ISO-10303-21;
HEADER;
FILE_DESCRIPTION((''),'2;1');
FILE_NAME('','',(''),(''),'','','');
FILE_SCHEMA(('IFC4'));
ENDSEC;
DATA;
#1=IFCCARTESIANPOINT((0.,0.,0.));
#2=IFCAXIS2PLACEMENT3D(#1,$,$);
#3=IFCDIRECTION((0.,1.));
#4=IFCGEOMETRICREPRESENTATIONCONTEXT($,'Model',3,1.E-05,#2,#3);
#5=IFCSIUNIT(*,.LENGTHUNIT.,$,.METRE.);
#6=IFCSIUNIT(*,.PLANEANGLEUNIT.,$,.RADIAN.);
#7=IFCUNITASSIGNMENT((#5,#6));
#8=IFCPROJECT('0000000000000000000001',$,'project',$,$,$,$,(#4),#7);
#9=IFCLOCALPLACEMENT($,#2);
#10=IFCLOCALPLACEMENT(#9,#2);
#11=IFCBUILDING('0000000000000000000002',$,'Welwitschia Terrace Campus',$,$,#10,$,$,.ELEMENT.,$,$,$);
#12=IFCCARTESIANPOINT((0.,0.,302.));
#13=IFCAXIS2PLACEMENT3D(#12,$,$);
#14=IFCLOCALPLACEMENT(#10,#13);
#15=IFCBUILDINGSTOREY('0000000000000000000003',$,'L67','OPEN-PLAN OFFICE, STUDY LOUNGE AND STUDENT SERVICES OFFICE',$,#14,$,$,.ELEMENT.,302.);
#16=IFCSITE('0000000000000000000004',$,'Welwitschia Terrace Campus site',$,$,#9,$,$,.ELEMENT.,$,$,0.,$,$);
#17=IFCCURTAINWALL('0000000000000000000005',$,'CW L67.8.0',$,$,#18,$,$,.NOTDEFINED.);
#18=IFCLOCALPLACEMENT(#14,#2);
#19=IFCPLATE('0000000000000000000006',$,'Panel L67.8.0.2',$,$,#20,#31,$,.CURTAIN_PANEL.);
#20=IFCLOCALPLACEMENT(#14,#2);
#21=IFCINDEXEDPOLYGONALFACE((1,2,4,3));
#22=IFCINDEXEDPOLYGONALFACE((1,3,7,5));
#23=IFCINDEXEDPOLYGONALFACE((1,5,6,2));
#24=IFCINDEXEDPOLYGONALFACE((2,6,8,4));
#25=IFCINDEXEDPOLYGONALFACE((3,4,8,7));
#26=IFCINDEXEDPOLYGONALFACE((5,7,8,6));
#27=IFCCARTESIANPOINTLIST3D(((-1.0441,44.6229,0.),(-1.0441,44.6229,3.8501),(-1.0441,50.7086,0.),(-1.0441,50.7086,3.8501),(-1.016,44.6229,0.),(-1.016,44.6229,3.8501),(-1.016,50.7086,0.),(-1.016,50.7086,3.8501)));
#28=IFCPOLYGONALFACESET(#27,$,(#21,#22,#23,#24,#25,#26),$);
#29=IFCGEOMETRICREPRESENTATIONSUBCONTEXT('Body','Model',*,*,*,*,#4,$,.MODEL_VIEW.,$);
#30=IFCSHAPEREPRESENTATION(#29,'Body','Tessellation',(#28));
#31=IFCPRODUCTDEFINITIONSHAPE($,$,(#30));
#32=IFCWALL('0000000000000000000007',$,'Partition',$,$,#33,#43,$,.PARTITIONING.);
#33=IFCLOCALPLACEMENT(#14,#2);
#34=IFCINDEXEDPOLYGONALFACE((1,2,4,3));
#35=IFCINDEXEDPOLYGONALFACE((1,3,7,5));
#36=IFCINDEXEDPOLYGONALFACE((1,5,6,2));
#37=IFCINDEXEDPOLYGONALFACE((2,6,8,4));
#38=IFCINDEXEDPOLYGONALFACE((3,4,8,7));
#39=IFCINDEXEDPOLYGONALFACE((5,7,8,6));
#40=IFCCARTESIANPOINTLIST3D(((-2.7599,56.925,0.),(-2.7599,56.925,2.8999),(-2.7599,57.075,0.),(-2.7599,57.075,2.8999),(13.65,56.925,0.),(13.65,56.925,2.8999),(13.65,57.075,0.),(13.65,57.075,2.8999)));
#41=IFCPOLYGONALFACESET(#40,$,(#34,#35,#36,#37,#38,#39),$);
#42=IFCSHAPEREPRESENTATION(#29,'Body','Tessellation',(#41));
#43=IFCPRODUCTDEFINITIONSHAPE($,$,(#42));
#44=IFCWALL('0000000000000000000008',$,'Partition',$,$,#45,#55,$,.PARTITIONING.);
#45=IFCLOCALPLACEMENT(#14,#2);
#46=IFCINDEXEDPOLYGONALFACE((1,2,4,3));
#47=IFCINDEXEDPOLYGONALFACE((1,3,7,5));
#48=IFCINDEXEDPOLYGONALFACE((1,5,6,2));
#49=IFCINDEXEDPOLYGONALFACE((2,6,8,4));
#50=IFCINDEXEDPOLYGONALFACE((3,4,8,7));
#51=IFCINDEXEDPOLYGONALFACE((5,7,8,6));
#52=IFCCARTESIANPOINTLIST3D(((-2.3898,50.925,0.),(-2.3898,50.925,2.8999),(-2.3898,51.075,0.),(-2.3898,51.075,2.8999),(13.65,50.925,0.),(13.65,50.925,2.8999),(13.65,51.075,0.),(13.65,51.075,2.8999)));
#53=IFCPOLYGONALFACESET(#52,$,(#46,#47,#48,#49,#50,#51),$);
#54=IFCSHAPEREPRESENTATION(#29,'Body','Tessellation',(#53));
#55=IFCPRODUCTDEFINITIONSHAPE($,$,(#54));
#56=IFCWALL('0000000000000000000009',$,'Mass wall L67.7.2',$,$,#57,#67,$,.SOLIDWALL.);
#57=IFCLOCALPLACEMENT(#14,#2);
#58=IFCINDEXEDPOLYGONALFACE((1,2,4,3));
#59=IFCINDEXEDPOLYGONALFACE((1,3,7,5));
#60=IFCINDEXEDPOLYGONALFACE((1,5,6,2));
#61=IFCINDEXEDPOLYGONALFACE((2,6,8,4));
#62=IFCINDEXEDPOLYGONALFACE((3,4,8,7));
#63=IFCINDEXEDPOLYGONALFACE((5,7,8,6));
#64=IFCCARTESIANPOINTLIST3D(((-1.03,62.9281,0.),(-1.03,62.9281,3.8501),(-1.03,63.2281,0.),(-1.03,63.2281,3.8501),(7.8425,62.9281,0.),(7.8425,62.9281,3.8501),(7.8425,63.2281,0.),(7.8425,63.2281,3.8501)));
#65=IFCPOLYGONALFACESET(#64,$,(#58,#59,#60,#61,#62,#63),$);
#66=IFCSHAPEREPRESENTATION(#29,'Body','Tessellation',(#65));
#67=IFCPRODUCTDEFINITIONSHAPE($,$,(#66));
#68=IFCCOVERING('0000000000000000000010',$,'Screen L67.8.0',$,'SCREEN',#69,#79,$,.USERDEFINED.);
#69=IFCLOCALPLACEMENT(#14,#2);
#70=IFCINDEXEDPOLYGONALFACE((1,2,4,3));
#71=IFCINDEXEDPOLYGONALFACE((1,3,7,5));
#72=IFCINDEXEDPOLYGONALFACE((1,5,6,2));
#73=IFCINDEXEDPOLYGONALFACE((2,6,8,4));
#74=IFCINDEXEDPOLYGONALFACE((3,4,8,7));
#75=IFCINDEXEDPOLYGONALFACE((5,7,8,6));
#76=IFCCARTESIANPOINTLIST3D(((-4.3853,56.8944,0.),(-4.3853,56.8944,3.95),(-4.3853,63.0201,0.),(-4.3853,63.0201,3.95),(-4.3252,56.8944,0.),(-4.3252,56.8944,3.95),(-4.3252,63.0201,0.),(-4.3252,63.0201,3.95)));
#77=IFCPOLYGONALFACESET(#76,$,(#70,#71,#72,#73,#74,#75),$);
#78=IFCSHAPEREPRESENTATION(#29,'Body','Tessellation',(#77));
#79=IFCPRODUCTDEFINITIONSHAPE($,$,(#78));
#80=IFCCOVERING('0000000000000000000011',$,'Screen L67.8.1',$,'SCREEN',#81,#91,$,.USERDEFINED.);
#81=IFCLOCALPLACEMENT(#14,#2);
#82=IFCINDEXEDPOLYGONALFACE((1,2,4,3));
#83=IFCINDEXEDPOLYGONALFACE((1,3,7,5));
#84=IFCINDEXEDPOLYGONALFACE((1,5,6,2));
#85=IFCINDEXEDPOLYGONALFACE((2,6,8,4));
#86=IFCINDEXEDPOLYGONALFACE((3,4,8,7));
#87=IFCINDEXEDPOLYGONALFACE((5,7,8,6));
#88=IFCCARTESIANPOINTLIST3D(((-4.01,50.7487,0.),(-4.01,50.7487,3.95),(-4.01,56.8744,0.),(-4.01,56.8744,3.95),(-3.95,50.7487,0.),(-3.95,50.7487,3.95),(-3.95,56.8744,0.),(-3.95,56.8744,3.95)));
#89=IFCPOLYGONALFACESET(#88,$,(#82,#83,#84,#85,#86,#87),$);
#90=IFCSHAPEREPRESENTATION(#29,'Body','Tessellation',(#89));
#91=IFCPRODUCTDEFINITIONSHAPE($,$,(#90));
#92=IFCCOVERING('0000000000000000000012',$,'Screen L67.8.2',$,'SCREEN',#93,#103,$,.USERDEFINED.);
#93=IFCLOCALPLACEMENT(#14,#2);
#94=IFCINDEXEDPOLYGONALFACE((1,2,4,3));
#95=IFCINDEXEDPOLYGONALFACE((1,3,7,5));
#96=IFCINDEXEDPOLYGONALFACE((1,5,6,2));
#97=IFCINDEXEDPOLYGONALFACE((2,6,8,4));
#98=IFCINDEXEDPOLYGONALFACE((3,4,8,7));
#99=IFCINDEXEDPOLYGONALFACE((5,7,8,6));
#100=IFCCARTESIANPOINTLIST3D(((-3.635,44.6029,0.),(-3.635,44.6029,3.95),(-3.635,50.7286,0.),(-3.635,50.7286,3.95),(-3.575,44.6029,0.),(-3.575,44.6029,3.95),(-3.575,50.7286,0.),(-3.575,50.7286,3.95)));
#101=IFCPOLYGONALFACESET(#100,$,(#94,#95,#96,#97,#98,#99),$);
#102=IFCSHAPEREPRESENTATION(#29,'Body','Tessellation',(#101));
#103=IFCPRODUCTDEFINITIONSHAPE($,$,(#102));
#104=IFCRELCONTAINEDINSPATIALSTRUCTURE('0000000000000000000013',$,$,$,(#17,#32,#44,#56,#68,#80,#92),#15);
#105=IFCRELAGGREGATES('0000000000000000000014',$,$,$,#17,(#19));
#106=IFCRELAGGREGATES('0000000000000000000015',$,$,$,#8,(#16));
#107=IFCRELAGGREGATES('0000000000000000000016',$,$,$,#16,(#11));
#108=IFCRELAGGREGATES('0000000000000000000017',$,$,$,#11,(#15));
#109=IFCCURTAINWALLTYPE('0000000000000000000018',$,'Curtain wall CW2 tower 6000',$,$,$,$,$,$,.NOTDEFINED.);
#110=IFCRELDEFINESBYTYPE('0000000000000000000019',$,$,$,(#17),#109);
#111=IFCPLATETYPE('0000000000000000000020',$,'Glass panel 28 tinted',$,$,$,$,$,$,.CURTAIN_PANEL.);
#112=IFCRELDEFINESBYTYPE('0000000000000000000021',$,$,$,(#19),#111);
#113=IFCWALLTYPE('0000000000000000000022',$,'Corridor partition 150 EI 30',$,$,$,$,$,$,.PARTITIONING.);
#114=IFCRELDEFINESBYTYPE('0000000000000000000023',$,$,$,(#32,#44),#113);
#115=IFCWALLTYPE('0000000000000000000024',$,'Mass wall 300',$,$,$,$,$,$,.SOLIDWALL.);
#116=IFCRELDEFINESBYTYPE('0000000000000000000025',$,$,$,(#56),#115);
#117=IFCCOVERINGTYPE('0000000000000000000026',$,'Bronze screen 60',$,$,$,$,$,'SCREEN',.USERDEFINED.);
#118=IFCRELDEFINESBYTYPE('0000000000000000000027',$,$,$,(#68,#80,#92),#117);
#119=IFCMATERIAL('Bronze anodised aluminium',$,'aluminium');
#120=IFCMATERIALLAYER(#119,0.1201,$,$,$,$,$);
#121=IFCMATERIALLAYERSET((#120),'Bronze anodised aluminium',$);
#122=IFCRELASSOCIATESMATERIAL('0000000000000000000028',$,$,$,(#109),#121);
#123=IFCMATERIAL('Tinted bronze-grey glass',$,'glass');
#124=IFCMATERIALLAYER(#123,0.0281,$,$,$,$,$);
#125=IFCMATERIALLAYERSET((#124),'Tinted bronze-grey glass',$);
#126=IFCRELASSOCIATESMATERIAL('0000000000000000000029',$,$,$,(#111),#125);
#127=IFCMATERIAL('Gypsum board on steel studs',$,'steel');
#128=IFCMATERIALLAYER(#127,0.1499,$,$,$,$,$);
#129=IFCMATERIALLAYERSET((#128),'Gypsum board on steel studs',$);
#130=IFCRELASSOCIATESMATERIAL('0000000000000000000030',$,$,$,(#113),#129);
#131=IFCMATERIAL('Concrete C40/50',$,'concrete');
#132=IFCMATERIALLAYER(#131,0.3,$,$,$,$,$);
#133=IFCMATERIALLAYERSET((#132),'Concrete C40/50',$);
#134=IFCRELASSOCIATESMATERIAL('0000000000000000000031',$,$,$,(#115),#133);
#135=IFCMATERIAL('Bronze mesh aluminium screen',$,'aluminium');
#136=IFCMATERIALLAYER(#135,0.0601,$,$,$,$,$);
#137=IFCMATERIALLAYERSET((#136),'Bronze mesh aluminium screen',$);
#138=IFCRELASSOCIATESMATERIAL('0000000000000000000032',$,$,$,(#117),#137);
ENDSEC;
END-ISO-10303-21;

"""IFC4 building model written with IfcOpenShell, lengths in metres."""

from ifc_helpers import new_model, si_unit, direction, frame, frame_2d, origin, origin_2d, place, context, subcontext, project, spatial, rectangle, extrude, material, layer, layer_set, type_object, element, aggregate, save


model = new_model("IFC4")

# Units and contexts
model_context = context("Model", 3, precision=1e-05, world=origin(), true_north=direction((0.0, 1.0)))
body_context = subcontext(model_context, "Body", "Model", "MODEL_VIEW")
ifc_project = project(units=[si_unit("LENGTHUNIT", "METRE"), si_unit("PLANEANGLEUNIT", "RADIAN")], contexts=[model_context])

# Site, building, storey
site_placement = place(None, origin())
site = spatial("IfcSite", under=ifc_project, at=site_placement, Name="Welwitschia Terrace Campus site", CompositionType="ELEMENT", RefElevation=0.0)
building_placement = place(site_placement, origin())
building = spatial("IfcBuilding", under=site, at=building_placement, Name="Welwitschia Terrace Campus", CompositionType="ELEMENT")
storey_placement = place(building_placement, frame((0.0, 0.0, 302.0)))
storey = spatial("IfcBuildingStorey", under=building, at=storey_placement, Name="L67", Description="OPEN-PLAN OFFICE, STUDY LOUNGE AND STUDENT SERVICES OFFICE", CompositionType="ELEMENT", Elevation=302.0)

# Curtain wall
ifc_material_1 = material(Name="Bronze anodised aluminium", Category="aluminium")
ifc_layer_1 = layer(ifc_material_1, 0.1201)
ifc_layer_set_1 = layer_set([ifc_layer_1], Name="Bronze anodised aluminium")
curtain_wall_type = type_object("IfcCurtainWallType", Name="Curtain wall CW2 tower 6000", PredefinedType="NOTDEFINED", material=ifc_layer_set_1)
curtain_wall_1_placement = place(storey_placement, origin())
curtain_wall_1 = element("IfcCurtainWall", 1, at=curtain_wall_1_placement, inside=storey, type_object=curtain_wall_type, Name="CW L67.8.0", PredefinedType="NOTDEFINED")

# Plate
ifc_material_2 = material(Name="Tinted bronze-grey glass", Category="glass")
ifc_layer_2 = layer(ifc_material_2, 0.0281)
ifc_layer_set_2 = layer_set([ifc_layer_2], Name="Tinted bronze-grey glass")
plate_type = type_object("IfcPlateType", Name="Glass panel 28 tinted", PredefinedType="CURTAIN_PANEL", material=ifc_layer_set_2)
plate_1_placement = place(storey_placement, frame((-1.03, 47.6658, 0.0), z_axis=(0.0, 0.0, 1.0), x_axis=(0.0, -1.0, 0.0)))
plate_1 = element("IfcPlate", 2, at=plate_1_placement, type_object=plate_type, Name="Panel L67.8.0.2", PredefinedType="CURTAIN_PANEL", context=body_context, shape_type="SweptSolid", body=[
    extrude(rectangle(XDim=6.0857, YDim=0.0281, at=origin_2d()), origin(), (0.0, 0.0, 1.0), 3.8501),
])
aggregate(curtain_wall_1, [plate_1])

# Walls
ifc_material_3 = material(Name="Gypsum board on steel studs", Category="steel")
ifc_layer_3 = layer(ifc_material_3, 0.1499)
ifc_layer_set_3 = layer_set([ifc_layer_3], Name="Gypsum board on steel studs")
wall_type_1 = type_object("IfcWallType", Name="Corridor partition 150 EI 30", PredefinedType="PARTITIONING", material=ifc_layer_set_3)
wall_1_placement = place(storey_placement, frame((-2.76, 57.0, 0.0), z_axis=(0.0, 0.0, 1.0), x_axis=(1.0, 0.0, 0.0)))
element("IfcWall", 3, at=wall_1_placement, inside=storey, type_object=wall_type_1, Name="Partition", PredefinedType="PARTITIONING", context=body_context, shape_type="SweptSolid", body=[
    extrude(rectangle(XDim=16.4099, YDim=0.1499, at=frame_2d((8.2051, 0.0))), origin(), (0.0, 0.0, 1.0), 2.8999),
])
wall_2_placement = place(storey_placement, frame((-2.3899, 51.0, 0.0), z_axis=(0.0, 0.0, 1.0), x_axis=(1.0, 0.0, 0.0)))
element("IfcWall", 4, at=wall_2_placement, inside=storey, type_object=wall_type_1, Name="Partition", PredefinedType="PARTITIONING", context=body_context, shape_type="SweptSolid", body=[
    extrude(rectangle(XDim=16.0398, YDim=0.1499, at=frame_2d((8.02, 0.0))), origin(), (0.0, 0.0, 1.0), 2.8999),
])
ifc_material_4 = material(Name="Concrete C40/50", Category="concrete")
ifc_layer_4 = layer(ifc_material_4, 0.3)
ifc_layer_set_4 = layer_set([ifc_layer_4], Name="Concrete C40/50")
wall_type_2 = type_object("IfcWallType", Name="Mass wall 300", PredefinedType="SOLIDWALL", material=ifc_layer_set_4)
wall_3_placement = place(storey_placement, frame((7.8425, 63.0781, 0.0), z_axis=(0.0, 0.0, 1.0), x_axis=(-1.0, 0.0, 0.0)))
element("IfcWall", 5, at=wall_3_placement, inside=storey, type_object=wall_type_2, Name="Mass wall L67.7.2", PredefinedType="SOLIDWALL", context=body_context, shape_type="SweptSolid", body=[
    extrude(rectangle(XDim=8.8726, YDim=0.3, at=frame_2d((4.4363, 0.0))), origin(), (0.0, 0.0, 1.0), 3.8501),
])

# Coverings
ifc_material_5 = material(Name="Bronze mesh aluminium screen", Category="aluminium")
ifc_layer_5 = layer(ifc_material_5, 0.0601)
ifc_layer_set_5 = layer_set([ifc_layer_5], Name="Bronze mesh aluminium screen")
covering_type = type_object("IfcCoveringType", Name="Bronze screen 60", ElementType="SCREEN", PredefinedType="USERDEFINED", material=ifc_layer_set_5)
for number, where, z_axis, x_axis, name in (
    (6, (-4.3552, 59.9573, 0.0), (0.0, 0.0, 1.0), (0.0, -1.0, 0.0), "Screen L67.8.0"),
    (7, (-3.98, 53.8115, 0.0), (0.0, 0.0, 1.0), (0.0, -1.0, 0.0), "Screen L67.8.1"),
    (8, (-3.605, 47.6658, 0.0), (0.0, 0.0, 1.0), (0.0, -1.0, 0.0), "Screen L67.8.2"),
):
    element("IfcCovering", number, at=place(storey_placement, frame(where, z_axis=z_axis, x_axis=x_axis)), inside=storey, type_object=covering_type, Name=name, ObjectType="SCREEN", PredefinedType="USERDEFINED", context=body_context, shape_type="SweptSolid", body=[
        extrude(rectangle(XDim=6.1257, YDim=0.0601, at=origin_2d()), origin(), (0.0, 0.0, 1.0), 3.95),
    ])

save(model, "model.ifc")
